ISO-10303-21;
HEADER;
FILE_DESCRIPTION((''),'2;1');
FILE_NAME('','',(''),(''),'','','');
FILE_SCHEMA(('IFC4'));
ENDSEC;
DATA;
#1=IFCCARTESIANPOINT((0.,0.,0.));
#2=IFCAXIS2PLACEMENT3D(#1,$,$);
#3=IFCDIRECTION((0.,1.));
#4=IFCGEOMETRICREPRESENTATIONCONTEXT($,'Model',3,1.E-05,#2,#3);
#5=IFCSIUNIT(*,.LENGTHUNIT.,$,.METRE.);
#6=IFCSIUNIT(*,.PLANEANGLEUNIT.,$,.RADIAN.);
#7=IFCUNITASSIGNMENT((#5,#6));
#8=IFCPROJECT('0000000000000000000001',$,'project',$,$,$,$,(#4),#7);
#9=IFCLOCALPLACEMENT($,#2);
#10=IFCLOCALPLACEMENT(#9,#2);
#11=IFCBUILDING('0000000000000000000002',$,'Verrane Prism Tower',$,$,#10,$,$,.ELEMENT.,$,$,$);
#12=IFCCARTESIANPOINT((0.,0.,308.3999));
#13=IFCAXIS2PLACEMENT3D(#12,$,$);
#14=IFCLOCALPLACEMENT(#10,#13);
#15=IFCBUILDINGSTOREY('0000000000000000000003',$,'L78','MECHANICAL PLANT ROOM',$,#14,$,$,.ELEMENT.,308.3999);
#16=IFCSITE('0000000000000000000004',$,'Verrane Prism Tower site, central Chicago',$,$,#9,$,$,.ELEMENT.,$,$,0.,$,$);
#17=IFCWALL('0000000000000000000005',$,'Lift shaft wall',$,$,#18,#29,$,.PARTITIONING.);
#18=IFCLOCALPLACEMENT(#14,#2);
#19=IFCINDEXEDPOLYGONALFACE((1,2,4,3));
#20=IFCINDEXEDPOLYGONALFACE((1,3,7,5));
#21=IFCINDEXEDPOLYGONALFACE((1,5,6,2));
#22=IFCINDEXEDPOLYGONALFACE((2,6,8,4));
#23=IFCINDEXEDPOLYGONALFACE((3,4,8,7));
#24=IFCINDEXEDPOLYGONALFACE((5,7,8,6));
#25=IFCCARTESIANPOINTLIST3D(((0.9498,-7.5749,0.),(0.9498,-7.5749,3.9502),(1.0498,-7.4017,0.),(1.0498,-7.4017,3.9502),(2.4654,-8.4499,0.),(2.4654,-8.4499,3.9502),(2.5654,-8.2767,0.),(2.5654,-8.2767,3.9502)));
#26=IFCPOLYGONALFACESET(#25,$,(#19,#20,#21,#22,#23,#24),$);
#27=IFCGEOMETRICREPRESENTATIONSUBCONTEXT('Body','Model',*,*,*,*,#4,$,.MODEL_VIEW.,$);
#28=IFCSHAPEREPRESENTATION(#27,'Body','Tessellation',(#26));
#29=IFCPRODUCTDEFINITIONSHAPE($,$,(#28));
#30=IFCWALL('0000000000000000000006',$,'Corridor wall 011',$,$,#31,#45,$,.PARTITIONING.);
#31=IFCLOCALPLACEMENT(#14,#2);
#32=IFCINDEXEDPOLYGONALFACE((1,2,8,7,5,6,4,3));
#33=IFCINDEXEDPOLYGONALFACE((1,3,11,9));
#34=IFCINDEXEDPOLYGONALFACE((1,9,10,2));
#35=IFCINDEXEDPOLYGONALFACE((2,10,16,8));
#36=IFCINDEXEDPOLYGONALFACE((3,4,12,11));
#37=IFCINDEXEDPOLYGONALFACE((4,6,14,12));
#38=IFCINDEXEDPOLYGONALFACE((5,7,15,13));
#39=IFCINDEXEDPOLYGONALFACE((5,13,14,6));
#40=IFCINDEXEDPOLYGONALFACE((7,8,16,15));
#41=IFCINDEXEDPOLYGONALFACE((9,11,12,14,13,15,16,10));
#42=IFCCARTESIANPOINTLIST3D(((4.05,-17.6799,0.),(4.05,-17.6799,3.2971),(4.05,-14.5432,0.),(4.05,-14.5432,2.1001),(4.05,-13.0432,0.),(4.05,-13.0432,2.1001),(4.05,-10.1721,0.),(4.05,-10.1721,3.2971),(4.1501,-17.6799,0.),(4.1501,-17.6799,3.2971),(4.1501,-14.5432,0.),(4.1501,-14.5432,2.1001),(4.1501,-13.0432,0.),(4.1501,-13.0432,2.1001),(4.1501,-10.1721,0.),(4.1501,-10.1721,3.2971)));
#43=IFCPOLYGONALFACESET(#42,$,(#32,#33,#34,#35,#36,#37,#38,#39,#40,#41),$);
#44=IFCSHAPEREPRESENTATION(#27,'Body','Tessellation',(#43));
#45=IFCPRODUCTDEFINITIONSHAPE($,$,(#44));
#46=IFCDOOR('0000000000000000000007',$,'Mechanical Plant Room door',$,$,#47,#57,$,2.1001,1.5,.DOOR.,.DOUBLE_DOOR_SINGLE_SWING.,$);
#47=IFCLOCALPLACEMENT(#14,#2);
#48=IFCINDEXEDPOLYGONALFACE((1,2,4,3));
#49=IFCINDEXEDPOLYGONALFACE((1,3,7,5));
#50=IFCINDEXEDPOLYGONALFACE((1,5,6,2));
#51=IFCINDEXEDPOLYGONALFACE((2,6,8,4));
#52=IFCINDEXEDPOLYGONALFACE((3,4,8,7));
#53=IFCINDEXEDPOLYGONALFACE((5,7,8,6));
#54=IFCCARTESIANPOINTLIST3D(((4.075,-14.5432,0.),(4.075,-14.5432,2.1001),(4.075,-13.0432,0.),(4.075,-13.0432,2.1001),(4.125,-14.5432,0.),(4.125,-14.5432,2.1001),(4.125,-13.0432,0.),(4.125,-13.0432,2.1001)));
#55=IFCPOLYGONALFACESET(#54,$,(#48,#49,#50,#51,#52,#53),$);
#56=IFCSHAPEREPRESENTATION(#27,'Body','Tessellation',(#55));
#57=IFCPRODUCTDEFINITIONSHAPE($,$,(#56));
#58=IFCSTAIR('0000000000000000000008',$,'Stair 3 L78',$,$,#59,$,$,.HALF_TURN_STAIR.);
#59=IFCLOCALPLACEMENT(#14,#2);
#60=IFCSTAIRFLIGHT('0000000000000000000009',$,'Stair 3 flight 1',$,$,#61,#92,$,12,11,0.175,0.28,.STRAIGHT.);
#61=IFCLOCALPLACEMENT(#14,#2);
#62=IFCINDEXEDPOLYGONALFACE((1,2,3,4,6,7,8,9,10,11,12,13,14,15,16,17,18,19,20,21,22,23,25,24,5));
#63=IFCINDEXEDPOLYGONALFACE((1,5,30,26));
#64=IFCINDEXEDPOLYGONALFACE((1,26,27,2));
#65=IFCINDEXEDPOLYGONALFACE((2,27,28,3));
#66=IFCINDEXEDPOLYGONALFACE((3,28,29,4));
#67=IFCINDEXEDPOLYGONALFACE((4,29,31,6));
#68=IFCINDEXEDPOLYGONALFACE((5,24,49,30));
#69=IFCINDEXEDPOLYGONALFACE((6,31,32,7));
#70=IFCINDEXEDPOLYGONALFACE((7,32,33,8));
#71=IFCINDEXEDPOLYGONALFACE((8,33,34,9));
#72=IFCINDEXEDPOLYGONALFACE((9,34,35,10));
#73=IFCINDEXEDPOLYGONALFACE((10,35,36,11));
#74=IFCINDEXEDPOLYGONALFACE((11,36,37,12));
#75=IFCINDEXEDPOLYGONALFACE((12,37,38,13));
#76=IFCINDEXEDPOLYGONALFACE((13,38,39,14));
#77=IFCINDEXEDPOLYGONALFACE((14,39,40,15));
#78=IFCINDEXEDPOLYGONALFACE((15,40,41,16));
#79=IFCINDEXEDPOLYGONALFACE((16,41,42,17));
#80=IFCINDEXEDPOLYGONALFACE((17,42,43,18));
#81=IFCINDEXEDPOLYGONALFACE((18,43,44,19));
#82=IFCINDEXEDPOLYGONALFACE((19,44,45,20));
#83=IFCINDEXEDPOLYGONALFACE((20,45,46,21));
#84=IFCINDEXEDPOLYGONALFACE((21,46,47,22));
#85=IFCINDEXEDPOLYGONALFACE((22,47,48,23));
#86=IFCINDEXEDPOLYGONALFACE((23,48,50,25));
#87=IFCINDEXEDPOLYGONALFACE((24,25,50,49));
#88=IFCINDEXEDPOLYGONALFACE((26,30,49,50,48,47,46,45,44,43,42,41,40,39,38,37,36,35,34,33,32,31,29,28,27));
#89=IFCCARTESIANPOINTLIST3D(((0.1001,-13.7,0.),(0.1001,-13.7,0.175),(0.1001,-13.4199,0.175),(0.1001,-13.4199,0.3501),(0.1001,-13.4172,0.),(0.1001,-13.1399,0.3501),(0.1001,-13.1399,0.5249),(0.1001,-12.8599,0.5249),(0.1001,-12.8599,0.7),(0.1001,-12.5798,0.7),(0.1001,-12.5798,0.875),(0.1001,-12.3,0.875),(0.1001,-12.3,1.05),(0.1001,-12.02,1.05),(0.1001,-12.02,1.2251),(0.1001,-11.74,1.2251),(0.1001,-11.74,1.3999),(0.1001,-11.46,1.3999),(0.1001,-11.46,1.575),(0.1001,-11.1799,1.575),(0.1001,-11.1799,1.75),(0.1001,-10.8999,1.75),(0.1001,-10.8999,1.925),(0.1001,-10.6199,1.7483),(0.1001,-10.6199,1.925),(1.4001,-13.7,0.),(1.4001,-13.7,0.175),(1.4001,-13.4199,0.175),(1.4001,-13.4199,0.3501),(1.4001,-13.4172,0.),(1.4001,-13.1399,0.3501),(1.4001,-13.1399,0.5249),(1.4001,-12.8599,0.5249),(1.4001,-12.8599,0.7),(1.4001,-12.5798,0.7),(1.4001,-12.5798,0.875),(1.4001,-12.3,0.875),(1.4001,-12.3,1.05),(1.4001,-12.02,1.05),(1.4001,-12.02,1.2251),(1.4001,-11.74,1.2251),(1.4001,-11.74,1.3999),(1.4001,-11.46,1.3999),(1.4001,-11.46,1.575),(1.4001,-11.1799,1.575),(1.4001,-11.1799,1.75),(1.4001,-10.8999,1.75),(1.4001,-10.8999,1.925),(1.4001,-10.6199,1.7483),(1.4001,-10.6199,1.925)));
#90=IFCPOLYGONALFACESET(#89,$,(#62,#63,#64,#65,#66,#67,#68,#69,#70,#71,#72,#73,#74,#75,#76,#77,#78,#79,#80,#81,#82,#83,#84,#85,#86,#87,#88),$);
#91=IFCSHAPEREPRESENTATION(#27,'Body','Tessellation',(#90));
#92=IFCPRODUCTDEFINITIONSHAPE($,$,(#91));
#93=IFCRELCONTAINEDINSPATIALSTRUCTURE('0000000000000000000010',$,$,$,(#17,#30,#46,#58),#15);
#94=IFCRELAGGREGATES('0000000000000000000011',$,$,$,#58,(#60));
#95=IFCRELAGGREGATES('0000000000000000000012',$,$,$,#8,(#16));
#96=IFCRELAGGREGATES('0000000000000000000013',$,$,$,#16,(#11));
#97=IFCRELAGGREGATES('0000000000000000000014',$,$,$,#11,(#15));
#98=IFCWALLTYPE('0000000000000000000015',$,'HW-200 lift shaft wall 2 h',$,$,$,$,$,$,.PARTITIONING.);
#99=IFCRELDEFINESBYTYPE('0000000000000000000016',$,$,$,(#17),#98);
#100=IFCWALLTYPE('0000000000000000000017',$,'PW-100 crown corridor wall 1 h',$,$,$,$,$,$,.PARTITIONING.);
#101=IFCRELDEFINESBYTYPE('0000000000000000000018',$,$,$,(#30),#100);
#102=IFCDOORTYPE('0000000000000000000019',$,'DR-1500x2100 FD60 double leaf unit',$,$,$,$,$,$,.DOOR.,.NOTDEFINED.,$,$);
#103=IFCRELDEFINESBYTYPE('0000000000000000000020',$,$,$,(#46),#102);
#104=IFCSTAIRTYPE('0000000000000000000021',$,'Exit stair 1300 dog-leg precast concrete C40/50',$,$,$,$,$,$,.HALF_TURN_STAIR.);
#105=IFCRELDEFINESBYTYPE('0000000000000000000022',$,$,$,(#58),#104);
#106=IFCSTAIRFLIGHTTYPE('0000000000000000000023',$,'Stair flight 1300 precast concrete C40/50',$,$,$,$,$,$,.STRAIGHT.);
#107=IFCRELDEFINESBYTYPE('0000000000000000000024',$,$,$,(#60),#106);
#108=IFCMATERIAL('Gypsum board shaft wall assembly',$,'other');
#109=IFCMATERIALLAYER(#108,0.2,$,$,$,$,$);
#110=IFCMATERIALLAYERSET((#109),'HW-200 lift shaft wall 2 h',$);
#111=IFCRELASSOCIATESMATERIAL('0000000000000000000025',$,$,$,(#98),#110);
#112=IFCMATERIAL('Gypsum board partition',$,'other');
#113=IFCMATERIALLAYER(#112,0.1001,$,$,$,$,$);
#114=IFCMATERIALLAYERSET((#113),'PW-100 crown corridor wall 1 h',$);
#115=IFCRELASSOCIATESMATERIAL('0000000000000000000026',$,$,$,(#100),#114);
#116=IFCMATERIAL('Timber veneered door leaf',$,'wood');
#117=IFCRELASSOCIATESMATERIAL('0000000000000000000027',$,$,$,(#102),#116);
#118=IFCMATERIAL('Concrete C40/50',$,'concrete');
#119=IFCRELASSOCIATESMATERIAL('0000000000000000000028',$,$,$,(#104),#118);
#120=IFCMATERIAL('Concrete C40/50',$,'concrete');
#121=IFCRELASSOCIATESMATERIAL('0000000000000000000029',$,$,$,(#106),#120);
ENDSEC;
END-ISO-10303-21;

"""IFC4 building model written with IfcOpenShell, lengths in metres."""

from ifc_helpers import new_model, si_unit, direction, frame, frame_2d, origin, place, context, subcontext, project, spatial, polyline, rectangle, outline, extrude, material, layer, layer_set, type_object, element, fill, aggregate, save


model = new_model("IFC4")

# Units and contexts
model_context = context("Model", 3, precision=1e-05, world=origin(), true_north=direction((0.0, 1.0)))
body_context = subcontext(model_context, "Body", "Model", "MODEL_VIEW")
ifc_project = project(units=[si_unit("LENGTHUNIT", "METRE"), si_unit("PLANEANGLEUNIT", "RADIAN")], contexts=[model_context])

# Site, building, storey
site_placement = place(None, origin())
site = spatial("IfcSite", under=ifc_project, at=site_placement, Name="Verrane Prism Tower site, central Chicago", CompositionType="ELEMENT", RefElevation=0.0)
building_placement = place(site_placement, origin())
building = spatial("IfcBuilding", under=site, at=building_placement, Name="Verrane Prism Tower", CompositionType="ELEMENT")
storey_placement = place(building_placement, frame((0.0, 0.0, 308.3999)))
storey = spatial("IfcBuildingStorey", under=building, at=storey_placement, Name="L78", Description="MECHANICAL PLANT ROOM", CompositionType="ELEMENT", Elevation=308.3999)

# Wall
ifc_material_1 = material(Name="Gypsum board shaft wall assembly", Category="other")
ifc_layer_1 = layer(ifc_material_1, 0.2)
ifc_layer_set_1 = layer_set([ifc_layer_1], Name="HW-200 lift shaft wall 2 h")
wall_type_1 = type_object("IfcWallType", Name="HW-200 lift shaft wall 2 h", PredefinedType="PARTITIONING", material=ifc_layer_set_1)
wall_1_placement = place(storey_placement, frame((2.5154, -8.3633, 0.0), z_axis=(0.0, 0.0, 1.0), x_axis=(-0.866037, 0.49998, 0.0)))
element("IfcWall", 1, at=wall_1_placement, inside=storey, type_object=wall_type_1, Name="Lift shaft wall", PredefinedType="PARTITIONING", context=body_context, shape_type="SweptSolid", body=[
    extrude(rectangle(XDim=1.75, YDim=0.2, at=frame_2d((0.875, 0.0))), origin(), (0.0, 0.0, 1.0), 3.9502),
])

# Wall, opening, door
ifc_material_2 = material(Name="Gypsum board partition", Category="other")
ifc_layer_2 = layer(ifc_material_2, 0.1001)
ifc_layer_set_2 = layer_set([ifc_layer_2], Name="PW-100 crown corridor wall 1 h")
wall_type_2 = type_object("IfcWallType", Name="PW-100 crown corridor wall 1 h", PredefinedType="PARTITIONING", material=ifc_layer_set_2)
wall_2_placement = place(storey_placement, frame((4.1001, -10.1721, 0.0), z_axis=(0.0, 0.0, 1.0), x_axis=(0.0, -1.0, 0.0)))
wall_2 = element("IfcWall", 2, at=wall_2_placement, inside=storey, type_object=wall_type_2, Name="Corridor wall 011", PredefinedType="PARTITIONING", context=body_context, shape_type="SweptSolid", body=[
    extrude(rectangle(XDim=7.5078, YDim=0.1001, at=frame_2d((3.7539, 0.0))), origin(), (0.0, 0.0, 1.0), 3.2971),
])
opening_placement = place(wall_2_placement, frame((2.8711, 0.0, 0.0)))
opening = element("IfcOpeningElement", 3, at=opening_placement, cuts=wall_2, PredefinedType="OPENING", context=body_context, shape_type="SweptSolid", body=[
    extrude(rectangle(XDim=1.5, YDim=2.1001, at=frame_2d((0.75, 1.05))), frame((0.0, 0.0601, 0.0), z_axis=(0.0, -1.0, 0.0), x_axis=(1.0, 0.0, 0.0)), (0.0, 0.0, 1.0), 0.1201),
])
ifc_material_3 = material(Name="Timber veneered door leaf", Category="wood")
door_type = type_object("IfcDoorType", Name="DR-1500x2100 FD60 double leaf unit", OperationType="NOTDEFINED", PredefinedType="DOOR", material=ifc_material_3)
door_placement = place(opening_placement, origin())
door = element("IfcDoor", 4, at=door_placement, inside=storey, type_object=door_type, Name="Mechanical Plant Room door", OperationType="DOUBLE_DOOR_SINGLE_SWING", OverallHeight=2.1001, OverallWidth=1.5, PredefinedType="DOOR", context=body_context, shape_type="SweptSolid", body=[
    extrude(rectangle(XDim=1.5, YDim=2.1001, at=frame_2d((0.75, 1.05))), frame((0.0, 0.0249, 0.0), z_axis=(0.0, -1.0, 0.0), x_axis=(1.0, 0.0, 0.0)), (0.0, 0.0, 1.0), 0.05),
])
fill(opening, door)

# Stair, stair flight
ifc_material_4 = material(Name="Concrete C40/50", Category="concrete")
stair_type = type_object("IfcStairType", Name="Exit stair 1300 dog-leg precast concrete C40/50", PredefinedType="HALF_TURN_STAIR", material=ifc_material_4)
stair_placement = place(storey_placement, origin())
stair = element("IfcStair", 5, at=stair_placement, inside=storey, type_object=stair_type, Name="Stair 3 L78", PredefinedType="HALF_TURN_STAIR")
ifc_material_5 = material(Name="Concrete C40/50", Category="concrete")
stair_flight_type = type_object("IfcStairFlightType", Name="Stair flight 1300 precast concrete C40/50", PredefinedType="STRAIGHT", material=ifc_material_5)
stair_flight_placement = place(storey_placement, frame((0.75, -13.7, 0.0), z_axis=(0.0, 0.0, 1.0), x_axis=(0.0, 1.0, 0.0)))
stair_flight = element("IfcStairFlight", 6, at=stair_flight_placement, type_object=stair_flight_type, Name="Stair 3 flight 1", NumberOfRisers=12, NumberOfTreads=11, PredefinedType="STRAIGHT", RiserHeight=0.175, TreadLength=0.28, context=body_context, shape_type="SweptSolid", body=[
    extrude(outline(polyline([(0.0, 0.0), (0.0, 0.175), (0.28, 0.175), (0.28, 0.3501), (0.5601, 0.3501), (0.5601, 0.5249), (0.8401, 0.5249), (0.8401, 0.7), (1.1201, 0.7), (1.1201, 0.875), (1.3999, 0.875), (1.3999, 1.05), (1.6799, 1.05), (1.6799, 1.2251), (1.96, 1.2251), (1.96, 1.3999), (2.24, 1.3999), (2.24, 1.575), (2.52, 1.575), (2.52, 1.75), (2.8, 1.75), (2.8, 1.925), (3.0801, 1.925), (3.0801, 2.1001), (3.0801, 1.7483), (0.2827, 0.0), (0.0, 0.0)])), frame((0.0, 0.6499, 0.0), z_axis=(0.0, -1.0, 0.0), x_axis=(1.0, 0.0, 0.0)), (0.0, 0.0, 1.0), 1.3),
])
aggregate(stair, [stair_flight])

save(model, "model.ifc")
